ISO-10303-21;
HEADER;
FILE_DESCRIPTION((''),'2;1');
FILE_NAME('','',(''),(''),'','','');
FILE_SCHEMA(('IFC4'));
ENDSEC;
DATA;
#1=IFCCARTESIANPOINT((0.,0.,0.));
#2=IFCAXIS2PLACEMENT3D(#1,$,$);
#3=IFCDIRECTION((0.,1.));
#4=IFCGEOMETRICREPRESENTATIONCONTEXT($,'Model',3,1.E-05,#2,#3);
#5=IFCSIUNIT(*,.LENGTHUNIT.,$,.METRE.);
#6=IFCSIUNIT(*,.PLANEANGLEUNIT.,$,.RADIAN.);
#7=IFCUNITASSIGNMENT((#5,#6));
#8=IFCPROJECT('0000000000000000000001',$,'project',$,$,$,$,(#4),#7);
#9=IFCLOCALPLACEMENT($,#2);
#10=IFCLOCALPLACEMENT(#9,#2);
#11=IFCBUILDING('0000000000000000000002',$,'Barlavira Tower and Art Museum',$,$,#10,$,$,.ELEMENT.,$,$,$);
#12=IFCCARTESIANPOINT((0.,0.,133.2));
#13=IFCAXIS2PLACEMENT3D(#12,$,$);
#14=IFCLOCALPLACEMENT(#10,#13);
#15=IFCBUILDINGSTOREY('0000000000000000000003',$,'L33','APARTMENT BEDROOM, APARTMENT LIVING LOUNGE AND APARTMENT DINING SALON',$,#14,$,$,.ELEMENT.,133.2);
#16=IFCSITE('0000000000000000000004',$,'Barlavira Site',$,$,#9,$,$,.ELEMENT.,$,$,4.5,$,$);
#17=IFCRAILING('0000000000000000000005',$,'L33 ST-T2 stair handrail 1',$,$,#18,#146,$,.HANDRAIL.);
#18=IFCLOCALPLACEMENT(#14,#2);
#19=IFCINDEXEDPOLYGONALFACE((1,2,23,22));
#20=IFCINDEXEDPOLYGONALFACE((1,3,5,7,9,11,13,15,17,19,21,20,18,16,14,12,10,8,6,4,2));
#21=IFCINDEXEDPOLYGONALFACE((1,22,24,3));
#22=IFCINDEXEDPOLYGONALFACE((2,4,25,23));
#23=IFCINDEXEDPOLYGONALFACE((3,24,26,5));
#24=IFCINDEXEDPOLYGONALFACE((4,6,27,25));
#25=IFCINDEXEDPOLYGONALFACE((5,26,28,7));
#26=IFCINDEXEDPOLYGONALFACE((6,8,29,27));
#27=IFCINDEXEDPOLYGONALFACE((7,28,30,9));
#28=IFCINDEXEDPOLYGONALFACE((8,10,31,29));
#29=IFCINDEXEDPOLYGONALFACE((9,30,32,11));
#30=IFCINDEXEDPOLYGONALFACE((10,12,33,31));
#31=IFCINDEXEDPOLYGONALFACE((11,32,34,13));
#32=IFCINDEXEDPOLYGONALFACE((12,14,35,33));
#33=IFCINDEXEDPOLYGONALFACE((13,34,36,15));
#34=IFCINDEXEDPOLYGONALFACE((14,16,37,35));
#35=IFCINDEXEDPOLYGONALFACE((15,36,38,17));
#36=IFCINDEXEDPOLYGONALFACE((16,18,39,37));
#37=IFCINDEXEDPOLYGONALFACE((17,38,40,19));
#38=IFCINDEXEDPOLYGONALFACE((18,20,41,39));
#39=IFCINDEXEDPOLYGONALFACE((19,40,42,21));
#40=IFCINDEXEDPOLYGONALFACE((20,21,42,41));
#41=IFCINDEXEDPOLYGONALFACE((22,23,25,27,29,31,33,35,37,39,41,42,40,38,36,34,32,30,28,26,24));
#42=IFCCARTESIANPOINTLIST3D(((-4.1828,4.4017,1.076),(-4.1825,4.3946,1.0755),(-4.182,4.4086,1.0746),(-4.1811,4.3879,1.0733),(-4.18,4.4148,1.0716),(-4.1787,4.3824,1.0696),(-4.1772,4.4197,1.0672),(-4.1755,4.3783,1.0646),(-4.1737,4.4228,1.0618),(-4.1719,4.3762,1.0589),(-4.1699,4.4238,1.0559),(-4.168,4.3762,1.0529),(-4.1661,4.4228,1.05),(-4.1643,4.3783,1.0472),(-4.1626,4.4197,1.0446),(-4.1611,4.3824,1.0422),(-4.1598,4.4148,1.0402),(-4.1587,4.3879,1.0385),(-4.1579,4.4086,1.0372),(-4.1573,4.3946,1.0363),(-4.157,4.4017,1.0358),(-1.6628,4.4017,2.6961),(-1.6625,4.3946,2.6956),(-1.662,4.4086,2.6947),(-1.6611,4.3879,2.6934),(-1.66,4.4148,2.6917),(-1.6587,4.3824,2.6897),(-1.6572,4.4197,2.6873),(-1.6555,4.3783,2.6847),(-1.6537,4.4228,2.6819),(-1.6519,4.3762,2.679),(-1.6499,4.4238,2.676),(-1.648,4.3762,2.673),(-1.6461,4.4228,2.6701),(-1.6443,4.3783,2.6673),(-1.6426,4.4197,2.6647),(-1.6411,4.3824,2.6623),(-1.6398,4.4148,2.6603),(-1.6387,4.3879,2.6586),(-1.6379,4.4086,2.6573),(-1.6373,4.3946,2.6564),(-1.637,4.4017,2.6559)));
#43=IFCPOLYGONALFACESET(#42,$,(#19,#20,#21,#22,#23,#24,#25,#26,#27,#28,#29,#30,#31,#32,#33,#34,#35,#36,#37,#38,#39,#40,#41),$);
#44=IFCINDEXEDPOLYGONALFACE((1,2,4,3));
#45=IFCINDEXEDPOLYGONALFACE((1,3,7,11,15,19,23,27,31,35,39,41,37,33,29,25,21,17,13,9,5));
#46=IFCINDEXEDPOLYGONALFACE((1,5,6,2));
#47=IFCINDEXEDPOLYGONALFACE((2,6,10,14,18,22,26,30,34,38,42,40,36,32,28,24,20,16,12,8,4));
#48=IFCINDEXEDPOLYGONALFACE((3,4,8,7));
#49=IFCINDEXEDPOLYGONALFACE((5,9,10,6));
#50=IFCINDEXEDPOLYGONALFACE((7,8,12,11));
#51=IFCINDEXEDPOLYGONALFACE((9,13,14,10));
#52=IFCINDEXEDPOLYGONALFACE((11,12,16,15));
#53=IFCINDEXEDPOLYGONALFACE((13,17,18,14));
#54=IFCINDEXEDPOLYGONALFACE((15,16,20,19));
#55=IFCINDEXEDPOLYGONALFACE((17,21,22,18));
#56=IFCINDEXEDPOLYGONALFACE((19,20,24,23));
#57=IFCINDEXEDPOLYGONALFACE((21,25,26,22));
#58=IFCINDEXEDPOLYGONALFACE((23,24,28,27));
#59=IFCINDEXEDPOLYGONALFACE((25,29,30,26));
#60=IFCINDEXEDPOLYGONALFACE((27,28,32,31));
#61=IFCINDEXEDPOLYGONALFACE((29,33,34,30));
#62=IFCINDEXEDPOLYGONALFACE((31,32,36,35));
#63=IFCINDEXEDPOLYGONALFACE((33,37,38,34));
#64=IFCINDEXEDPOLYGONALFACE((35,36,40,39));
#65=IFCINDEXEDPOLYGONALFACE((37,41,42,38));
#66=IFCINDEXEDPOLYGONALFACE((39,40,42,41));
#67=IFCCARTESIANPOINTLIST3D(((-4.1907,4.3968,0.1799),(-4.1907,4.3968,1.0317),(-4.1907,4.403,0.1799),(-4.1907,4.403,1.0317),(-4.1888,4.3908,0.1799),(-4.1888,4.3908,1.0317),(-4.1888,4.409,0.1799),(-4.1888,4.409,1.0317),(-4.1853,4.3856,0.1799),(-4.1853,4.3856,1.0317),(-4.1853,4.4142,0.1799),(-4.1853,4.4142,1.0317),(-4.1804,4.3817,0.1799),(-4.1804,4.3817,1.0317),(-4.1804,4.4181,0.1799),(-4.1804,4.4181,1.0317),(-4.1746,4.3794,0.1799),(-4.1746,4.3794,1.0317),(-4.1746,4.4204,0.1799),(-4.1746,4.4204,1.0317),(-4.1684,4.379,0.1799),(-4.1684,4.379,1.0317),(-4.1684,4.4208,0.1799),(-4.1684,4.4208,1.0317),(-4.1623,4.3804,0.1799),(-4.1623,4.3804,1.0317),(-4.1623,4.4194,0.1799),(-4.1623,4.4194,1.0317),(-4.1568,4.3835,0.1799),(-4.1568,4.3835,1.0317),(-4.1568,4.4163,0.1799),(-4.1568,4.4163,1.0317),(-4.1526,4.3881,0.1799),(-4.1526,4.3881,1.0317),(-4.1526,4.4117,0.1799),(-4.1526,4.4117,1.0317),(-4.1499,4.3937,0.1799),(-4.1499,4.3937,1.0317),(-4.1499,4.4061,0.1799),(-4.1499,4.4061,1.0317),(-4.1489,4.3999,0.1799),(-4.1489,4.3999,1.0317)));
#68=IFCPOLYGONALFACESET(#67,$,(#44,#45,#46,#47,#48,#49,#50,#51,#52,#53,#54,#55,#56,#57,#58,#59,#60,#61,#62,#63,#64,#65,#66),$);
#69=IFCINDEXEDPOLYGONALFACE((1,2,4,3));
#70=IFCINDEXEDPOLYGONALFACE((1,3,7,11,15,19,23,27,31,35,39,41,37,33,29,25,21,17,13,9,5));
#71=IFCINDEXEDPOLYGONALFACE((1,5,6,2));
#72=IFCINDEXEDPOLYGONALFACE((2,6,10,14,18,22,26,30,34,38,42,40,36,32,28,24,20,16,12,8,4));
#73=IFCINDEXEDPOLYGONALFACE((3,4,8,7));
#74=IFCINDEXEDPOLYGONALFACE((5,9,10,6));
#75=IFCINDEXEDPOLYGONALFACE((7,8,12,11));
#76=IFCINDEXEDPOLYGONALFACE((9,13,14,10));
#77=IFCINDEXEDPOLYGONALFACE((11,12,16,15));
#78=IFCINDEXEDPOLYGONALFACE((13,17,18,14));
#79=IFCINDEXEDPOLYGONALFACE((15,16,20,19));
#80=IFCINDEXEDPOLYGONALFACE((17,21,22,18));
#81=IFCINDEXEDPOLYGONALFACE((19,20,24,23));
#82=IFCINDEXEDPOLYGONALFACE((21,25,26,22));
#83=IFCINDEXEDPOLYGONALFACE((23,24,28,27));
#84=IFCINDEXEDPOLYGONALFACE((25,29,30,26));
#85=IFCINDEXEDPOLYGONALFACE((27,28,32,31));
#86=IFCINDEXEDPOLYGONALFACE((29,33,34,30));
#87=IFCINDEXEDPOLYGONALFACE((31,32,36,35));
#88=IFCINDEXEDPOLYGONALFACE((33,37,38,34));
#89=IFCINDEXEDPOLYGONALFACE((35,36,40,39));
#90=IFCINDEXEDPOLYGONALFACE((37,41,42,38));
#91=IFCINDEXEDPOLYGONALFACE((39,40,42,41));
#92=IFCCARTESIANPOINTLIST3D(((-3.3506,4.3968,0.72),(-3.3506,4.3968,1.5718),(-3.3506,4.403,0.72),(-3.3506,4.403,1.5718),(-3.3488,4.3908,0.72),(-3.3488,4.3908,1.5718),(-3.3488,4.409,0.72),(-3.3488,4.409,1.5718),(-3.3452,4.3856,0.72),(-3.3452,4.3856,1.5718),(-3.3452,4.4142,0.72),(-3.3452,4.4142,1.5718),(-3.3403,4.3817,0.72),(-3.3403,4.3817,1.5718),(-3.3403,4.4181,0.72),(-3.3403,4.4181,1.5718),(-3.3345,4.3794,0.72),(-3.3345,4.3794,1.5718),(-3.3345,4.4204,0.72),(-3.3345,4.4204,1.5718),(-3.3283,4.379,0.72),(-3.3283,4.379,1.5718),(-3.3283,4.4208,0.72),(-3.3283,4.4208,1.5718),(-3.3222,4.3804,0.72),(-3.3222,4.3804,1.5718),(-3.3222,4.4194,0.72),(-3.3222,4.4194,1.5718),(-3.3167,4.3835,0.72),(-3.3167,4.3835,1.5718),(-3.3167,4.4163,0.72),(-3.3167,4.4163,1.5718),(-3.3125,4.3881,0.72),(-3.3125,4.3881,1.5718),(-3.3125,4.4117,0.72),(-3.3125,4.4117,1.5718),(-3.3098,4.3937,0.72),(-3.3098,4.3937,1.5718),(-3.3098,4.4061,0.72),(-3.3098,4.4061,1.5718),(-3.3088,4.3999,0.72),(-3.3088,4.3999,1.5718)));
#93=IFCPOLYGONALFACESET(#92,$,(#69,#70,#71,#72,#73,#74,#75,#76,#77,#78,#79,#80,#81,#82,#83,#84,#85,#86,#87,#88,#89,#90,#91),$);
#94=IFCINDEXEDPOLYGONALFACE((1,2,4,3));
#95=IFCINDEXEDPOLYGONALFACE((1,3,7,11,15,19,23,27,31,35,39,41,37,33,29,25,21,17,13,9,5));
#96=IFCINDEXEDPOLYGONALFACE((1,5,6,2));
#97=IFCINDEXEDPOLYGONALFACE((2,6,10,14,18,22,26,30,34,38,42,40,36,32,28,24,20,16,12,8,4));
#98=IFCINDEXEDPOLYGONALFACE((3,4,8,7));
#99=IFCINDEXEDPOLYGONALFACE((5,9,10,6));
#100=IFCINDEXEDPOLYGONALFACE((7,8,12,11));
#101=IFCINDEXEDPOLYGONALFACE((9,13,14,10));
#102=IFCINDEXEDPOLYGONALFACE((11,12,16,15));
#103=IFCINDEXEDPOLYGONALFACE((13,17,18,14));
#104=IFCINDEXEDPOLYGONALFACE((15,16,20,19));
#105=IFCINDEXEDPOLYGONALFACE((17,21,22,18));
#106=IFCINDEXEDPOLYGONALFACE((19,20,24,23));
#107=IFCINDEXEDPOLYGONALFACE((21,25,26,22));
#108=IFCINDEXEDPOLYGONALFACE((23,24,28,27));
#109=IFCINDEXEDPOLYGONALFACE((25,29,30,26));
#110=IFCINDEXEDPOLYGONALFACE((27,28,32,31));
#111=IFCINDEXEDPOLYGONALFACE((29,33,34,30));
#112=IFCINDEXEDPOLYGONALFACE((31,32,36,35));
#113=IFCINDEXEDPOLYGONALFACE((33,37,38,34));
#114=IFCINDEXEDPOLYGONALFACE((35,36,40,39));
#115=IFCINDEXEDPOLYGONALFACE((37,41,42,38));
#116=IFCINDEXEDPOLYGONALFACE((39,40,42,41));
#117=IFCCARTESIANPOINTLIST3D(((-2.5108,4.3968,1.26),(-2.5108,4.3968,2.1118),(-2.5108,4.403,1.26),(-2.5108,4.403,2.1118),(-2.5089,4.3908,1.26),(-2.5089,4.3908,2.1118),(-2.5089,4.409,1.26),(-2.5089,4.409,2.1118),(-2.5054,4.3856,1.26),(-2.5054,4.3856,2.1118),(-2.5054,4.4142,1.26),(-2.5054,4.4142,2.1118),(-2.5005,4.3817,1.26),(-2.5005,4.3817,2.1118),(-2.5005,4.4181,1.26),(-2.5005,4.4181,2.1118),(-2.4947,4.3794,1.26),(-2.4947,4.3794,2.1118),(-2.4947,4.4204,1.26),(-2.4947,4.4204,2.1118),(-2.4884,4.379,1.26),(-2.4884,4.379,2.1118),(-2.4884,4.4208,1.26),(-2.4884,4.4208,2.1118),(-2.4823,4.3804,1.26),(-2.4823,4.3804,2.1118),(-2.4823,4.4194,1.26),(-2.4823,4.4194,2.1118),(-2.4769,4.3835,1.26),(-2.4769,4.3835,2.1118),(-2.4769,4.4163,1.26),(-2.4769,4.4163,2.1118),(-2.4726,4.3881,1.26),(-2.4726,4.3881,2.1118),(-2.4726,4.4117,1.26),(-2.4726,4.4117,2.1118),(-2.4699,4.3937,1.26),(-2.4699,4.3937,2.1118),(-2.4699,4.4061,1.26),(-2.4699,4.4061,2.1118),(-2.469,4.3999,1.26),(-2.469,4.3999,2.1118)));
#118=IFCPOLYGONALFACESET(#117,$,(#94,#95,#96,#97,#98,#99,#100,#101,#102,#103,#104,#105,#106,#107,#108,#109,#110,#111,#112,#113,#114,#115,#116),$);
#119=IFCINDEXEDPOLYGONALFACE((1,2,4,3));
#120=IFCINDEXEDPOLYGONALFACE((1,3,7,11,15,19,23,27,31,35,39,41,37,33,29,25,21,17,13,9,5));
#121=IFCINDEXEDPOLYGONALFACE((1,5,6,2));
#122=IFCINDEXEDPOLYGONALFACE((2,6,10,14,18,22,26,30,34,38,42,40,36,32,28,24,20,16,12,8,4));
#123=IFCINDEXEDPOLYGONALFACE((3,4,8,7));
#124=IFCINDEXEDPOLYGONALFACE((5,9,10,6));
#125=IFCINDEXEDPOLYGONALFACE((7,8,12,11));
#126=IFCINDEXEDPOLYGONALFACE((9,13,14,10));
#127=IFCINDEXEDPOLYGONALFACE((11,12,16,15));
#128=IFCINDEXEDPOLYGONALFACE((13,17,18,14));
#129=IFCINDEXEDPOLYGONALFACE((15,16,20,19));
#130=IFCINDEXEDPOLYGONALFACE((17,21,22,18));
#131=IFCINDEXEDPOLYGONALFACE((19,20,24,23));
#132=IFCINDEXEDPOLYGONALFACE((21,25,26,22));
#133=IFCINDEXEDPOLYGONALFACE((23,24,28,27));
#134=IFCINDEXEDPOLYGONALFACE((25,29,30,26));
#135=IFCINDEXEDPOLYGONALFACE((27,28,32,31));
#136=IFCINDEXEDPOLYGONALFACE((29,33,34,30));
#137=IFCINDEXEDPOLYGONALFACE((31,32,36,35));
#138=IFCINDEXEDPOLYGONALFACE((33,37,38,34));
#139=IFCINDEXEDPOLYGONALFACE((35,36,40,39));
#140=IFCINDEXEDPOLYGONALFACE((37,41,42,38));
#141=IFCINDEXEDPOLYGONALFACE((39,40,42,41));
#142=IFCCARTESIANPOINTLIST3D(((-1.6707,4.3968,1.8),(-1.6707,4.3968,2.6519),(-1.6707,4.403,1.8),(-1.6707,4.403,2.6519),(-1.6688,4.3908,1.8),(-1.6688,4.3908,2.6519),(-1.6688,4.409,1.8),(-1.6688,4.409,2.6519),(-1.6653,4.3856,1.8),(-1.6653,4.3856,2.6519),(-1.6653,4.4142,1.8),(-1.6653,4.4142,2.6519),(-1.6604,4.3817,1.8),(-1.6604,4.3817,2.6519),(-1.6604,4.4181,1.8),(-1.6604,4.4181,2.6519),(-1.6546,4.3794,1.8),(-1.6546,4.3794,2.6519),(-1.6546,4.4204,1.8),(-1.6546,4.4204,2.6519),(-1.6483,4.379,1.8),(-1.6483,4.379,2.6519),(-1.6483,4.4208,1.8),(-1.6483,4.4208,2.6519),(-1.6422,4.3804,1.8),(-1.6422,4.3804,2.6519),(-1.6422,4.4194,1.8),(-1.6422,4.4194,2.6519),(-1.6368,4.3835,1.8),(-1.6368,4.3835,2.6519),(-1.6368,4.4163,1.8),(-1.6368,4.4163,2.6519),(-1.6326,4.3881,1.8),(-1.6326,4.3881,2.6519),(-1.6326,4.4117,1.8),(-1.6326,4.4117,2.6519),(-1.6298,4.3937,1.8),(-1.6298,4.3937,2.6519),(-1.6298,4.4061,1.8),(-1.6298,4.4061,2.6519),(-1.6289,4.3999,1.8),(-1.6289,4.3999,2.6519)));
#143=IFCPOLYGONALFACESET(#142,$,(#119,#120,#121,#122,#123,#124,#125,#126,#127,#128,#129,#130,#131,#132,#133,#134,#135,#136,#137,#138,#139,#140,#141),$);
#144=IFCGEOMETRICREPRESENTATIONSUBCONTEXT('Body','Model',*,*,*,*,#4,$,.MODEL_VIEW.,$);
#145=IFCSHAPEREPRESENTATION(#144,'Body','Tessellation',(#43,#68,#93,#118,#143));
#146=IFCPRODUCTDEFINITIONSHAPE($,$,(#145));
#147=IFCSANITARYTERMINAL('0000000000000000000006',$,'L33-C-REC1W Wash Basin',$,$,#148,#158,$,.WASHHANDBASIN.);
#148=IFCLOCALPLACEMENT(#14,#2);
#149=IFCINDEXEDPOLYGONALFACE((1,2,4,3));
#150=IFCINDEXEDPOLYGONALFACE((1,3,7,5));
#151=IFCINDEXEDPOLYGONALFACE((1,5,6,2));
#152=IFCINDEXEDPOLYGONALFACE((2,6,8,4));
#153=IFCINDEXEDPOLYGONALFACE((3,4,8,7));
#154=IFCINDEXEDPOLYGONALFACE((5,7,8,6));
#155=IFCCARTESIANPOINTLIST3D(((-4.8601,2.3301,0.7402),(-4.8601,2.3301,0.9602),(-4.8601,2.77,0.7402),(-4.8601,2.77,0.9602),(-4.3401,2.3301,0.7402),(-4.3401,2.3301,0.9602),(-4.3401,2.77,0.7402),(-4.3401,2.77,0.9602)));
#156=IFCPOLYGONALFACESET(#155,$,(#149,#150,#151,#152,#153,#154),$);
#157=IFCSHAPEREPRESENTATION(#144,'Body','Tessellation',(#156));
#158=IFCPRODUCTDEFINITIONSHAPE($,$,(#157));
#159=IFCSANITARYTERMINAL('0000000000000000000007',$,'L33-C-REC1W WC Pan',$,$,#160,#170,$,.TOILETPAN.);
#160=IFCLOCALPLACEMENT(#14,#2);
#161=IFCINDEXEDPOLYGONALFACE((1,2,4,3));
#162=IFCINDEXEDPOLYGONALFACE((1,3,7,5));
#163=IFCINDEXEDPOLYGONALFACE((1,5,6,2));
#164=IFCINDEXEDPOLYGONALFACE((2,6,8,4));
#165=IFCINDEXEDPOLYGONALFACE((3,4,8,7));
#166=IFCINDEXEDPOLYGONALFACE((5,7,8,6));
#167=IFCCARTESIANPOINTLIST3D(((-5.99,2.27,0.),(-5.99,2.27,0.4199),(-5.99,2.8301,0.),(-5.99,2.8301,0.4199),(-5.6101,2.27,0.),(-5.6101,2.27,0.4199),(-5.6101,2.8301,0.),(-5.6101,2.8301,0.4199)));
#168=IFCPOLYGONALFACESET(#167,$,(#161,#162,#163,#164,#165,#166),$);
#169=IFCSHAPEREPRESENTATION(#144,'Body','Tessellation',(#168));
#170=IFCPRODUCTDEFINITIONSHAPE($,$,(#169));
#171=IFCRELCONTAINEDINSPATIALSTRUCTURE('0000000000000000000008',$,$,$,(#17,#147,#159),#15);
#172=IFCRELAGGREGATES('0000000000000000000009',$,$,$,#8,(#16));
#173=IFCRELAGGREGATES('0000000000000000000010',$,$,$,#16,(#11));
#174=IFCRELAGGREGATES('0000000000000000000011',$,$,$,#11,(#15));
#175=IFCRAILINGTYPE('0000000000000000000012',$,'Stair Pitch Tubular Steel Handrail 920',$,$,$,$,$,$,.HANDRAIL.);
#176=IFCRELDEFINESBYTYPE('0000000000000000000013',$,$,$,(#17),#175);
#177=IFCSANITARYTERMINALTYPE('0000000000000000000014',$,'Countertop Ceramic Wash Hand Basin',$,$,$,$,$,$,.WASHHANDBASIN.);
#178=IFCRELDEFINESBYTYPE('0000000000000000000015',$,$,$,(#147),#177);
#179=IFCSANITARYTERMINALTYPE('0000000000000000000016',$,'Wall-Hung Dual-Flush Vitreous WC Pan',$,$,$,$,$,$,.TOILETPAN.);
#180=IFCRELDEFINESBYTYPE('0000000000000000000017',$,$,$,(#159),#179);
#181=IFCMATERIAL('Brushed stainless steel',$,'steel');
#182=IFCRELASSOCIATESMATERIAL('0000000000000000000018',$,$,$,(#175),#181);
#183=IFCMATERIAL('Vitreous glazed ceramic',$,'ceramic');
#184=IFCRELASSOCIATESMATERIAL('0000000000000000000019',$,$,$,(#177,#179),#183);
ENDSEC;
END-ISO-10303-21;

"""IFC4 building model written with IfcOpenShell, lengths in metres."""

from ifc_helpers import new_model, si_unit, direction, frame, origin, origin_2d, place, context, subcontext, project, spatial, rectangle, circle, extrude, material, type_object, element, save


model = new_model("IFC4")

# Units and contexts
model_context = context("Model", 3, precision=1e-05, world=origin(), true_north=direction((0.0, 1.0)))
body_context = subcontext(model_context, "Body", "Model", "MODEL_VIEW")
ifc_project = project(units=[si_unit("LENGTHUNIT", "METRE"), si_unit("PLANEANGLEUNIT", "RADIAN")], contexts=[model_context])

# Site, building, storey
site_placement = place(None, origin())
site = spatial("IfcSite", under=ifc_project, at=site_placement, Name="Barlavira Site", CompositionType="ELEMENT", RefElevation=4.5)
building_placement = place(site_placement, origin())
building = spatial("IfcBuilding", under=site, at=building_placement, Name="Barlavira Tower and Art Museum", CompositionType="ELEMENT")
storey_placement = place(building_placement, frame((0.0, 0.0, 133.2)))
storey = spatial("IfcBuildingStorey", under=building, at=storey_placement, Name="L33", Description="APARTMENT BEDROOM, APARTMENT LIVING LOUNGE AND APARTMENT DINING SALON", CompositionType="ELEMENT", Elevation=133.2)

# Shared definitions
ifc_material_1 = material(Name="Brushed stainless steel", Category="steel")

# Railing
railing_type_1 = type_object("IfcRailingType", Name="Stair Pitch Tubular Steel Handrail 920", PredefinedType="HANDRAIL", material=ifc_material_1)
railing_1_placement = place(storey_placement, frame((-4.1699, 4.3999, 0.1799)))
element("IfcRailing", 1, at=railing_1_placement, inside=storey, type_object=railing_type_1, Name="L33 ST-T2 stair handrail 1", PredefinedType="HANDRAIL", context=body_context, shape_type="SweptSolid", body=[
    extrude(circle(Radius=0.0239, at=origin_2d()), frame((0.0, 0.0, 0.876), z_axis=(0.841163, 0.0, 0.540782), x_axis=(0.0, 1.0, 0.0)), (0.0, 0.0, 1.0), 2.9958),
    extrude(circle(Radius=0.021, at=origin_2d()), origin(), (0.0, 0.0, 1.0), 0.8518),
    extrude(circle(Radius=0.021, at=origin_2d()), frame((0.8401, 0.0, 0.54)), (0.0, 0.0, 1.0), 0.8518),
    extrude(circle(Radius=0.021, at=origin_2d()), frame((1.6799, 0.0, 1.0801)), (0.0, 0.0, 1.0), 0.8518),
    extrude(circle(Radius=0.021, at=origin_2d()), frame((2.52, 0.0, 1.6201)), (0.0, 0.0, 1.0), 0.8518),
])

# Sanitary terminals
ifc_material_2 = material(Name="Vitreous glazed ceramic", Category="ceramic")
sanitary_terminal_type_1 = type_object("IfcSanitaryTerminalType", Name="Countertop Ceramic Wash Hand Basin", PredefinedType="WASHHANDBASIN", material=ifc_material_2)
sanitary_terminal_1_placement = place(storey_placement, frame((-4.6001, 2.55, 0.7402), z_axis=(0.0, 0.0, 1.0), x_axis=(1.0, 0.0, 0.0)))
element("IfcSanitaryTerminal", 2, at=sanitary_terminal_1_placement, inside=storey, type_object=sanitary_terminal_type_1, Name="L33-C-REC1W Wash Basin", PredefinedType="WASHHANDBASIN", context=body_context, shape_type="SweptSolid", body=[
    extrude(rectangle(XDim=0.52, YDim=0.4399, at=origin_2d()), origin(), (0.0, 0.0, 1.0), 0.22),
])
sanitary_terminal_type_2 = type_object("IfcSanitaryTerminalType", Name="Wall-Hung Dual-Flush Vitreous WC Pan", PredefinedType="TOILETPAN", material=ifc_material_2)
sanitary_terminal_2_placement = place(storey_placement, frame((-5.8, 2.55, 0.0), z_axis=(0.0, 0.0, 1.0), x_axis=(1.0, 0.0, 0.0)))
element("IfcSanitaryTerminal", 3, at=sanitary_terminal_2_placement, inside=storey, type_object=sanitary_terminal_type_2, Name="L33-C-REC1W WC Pan", PredefinedType="TOILETPAN", context=body_context, shape_type="SweptSolid", body=[
    extrude(rectangle(XDim=0.3799, YDim=0.5601, at=origin_2d()), origin(), (0.0, 0.0, 1.0), 0.4199),
])

save(model, "model.ifc")
